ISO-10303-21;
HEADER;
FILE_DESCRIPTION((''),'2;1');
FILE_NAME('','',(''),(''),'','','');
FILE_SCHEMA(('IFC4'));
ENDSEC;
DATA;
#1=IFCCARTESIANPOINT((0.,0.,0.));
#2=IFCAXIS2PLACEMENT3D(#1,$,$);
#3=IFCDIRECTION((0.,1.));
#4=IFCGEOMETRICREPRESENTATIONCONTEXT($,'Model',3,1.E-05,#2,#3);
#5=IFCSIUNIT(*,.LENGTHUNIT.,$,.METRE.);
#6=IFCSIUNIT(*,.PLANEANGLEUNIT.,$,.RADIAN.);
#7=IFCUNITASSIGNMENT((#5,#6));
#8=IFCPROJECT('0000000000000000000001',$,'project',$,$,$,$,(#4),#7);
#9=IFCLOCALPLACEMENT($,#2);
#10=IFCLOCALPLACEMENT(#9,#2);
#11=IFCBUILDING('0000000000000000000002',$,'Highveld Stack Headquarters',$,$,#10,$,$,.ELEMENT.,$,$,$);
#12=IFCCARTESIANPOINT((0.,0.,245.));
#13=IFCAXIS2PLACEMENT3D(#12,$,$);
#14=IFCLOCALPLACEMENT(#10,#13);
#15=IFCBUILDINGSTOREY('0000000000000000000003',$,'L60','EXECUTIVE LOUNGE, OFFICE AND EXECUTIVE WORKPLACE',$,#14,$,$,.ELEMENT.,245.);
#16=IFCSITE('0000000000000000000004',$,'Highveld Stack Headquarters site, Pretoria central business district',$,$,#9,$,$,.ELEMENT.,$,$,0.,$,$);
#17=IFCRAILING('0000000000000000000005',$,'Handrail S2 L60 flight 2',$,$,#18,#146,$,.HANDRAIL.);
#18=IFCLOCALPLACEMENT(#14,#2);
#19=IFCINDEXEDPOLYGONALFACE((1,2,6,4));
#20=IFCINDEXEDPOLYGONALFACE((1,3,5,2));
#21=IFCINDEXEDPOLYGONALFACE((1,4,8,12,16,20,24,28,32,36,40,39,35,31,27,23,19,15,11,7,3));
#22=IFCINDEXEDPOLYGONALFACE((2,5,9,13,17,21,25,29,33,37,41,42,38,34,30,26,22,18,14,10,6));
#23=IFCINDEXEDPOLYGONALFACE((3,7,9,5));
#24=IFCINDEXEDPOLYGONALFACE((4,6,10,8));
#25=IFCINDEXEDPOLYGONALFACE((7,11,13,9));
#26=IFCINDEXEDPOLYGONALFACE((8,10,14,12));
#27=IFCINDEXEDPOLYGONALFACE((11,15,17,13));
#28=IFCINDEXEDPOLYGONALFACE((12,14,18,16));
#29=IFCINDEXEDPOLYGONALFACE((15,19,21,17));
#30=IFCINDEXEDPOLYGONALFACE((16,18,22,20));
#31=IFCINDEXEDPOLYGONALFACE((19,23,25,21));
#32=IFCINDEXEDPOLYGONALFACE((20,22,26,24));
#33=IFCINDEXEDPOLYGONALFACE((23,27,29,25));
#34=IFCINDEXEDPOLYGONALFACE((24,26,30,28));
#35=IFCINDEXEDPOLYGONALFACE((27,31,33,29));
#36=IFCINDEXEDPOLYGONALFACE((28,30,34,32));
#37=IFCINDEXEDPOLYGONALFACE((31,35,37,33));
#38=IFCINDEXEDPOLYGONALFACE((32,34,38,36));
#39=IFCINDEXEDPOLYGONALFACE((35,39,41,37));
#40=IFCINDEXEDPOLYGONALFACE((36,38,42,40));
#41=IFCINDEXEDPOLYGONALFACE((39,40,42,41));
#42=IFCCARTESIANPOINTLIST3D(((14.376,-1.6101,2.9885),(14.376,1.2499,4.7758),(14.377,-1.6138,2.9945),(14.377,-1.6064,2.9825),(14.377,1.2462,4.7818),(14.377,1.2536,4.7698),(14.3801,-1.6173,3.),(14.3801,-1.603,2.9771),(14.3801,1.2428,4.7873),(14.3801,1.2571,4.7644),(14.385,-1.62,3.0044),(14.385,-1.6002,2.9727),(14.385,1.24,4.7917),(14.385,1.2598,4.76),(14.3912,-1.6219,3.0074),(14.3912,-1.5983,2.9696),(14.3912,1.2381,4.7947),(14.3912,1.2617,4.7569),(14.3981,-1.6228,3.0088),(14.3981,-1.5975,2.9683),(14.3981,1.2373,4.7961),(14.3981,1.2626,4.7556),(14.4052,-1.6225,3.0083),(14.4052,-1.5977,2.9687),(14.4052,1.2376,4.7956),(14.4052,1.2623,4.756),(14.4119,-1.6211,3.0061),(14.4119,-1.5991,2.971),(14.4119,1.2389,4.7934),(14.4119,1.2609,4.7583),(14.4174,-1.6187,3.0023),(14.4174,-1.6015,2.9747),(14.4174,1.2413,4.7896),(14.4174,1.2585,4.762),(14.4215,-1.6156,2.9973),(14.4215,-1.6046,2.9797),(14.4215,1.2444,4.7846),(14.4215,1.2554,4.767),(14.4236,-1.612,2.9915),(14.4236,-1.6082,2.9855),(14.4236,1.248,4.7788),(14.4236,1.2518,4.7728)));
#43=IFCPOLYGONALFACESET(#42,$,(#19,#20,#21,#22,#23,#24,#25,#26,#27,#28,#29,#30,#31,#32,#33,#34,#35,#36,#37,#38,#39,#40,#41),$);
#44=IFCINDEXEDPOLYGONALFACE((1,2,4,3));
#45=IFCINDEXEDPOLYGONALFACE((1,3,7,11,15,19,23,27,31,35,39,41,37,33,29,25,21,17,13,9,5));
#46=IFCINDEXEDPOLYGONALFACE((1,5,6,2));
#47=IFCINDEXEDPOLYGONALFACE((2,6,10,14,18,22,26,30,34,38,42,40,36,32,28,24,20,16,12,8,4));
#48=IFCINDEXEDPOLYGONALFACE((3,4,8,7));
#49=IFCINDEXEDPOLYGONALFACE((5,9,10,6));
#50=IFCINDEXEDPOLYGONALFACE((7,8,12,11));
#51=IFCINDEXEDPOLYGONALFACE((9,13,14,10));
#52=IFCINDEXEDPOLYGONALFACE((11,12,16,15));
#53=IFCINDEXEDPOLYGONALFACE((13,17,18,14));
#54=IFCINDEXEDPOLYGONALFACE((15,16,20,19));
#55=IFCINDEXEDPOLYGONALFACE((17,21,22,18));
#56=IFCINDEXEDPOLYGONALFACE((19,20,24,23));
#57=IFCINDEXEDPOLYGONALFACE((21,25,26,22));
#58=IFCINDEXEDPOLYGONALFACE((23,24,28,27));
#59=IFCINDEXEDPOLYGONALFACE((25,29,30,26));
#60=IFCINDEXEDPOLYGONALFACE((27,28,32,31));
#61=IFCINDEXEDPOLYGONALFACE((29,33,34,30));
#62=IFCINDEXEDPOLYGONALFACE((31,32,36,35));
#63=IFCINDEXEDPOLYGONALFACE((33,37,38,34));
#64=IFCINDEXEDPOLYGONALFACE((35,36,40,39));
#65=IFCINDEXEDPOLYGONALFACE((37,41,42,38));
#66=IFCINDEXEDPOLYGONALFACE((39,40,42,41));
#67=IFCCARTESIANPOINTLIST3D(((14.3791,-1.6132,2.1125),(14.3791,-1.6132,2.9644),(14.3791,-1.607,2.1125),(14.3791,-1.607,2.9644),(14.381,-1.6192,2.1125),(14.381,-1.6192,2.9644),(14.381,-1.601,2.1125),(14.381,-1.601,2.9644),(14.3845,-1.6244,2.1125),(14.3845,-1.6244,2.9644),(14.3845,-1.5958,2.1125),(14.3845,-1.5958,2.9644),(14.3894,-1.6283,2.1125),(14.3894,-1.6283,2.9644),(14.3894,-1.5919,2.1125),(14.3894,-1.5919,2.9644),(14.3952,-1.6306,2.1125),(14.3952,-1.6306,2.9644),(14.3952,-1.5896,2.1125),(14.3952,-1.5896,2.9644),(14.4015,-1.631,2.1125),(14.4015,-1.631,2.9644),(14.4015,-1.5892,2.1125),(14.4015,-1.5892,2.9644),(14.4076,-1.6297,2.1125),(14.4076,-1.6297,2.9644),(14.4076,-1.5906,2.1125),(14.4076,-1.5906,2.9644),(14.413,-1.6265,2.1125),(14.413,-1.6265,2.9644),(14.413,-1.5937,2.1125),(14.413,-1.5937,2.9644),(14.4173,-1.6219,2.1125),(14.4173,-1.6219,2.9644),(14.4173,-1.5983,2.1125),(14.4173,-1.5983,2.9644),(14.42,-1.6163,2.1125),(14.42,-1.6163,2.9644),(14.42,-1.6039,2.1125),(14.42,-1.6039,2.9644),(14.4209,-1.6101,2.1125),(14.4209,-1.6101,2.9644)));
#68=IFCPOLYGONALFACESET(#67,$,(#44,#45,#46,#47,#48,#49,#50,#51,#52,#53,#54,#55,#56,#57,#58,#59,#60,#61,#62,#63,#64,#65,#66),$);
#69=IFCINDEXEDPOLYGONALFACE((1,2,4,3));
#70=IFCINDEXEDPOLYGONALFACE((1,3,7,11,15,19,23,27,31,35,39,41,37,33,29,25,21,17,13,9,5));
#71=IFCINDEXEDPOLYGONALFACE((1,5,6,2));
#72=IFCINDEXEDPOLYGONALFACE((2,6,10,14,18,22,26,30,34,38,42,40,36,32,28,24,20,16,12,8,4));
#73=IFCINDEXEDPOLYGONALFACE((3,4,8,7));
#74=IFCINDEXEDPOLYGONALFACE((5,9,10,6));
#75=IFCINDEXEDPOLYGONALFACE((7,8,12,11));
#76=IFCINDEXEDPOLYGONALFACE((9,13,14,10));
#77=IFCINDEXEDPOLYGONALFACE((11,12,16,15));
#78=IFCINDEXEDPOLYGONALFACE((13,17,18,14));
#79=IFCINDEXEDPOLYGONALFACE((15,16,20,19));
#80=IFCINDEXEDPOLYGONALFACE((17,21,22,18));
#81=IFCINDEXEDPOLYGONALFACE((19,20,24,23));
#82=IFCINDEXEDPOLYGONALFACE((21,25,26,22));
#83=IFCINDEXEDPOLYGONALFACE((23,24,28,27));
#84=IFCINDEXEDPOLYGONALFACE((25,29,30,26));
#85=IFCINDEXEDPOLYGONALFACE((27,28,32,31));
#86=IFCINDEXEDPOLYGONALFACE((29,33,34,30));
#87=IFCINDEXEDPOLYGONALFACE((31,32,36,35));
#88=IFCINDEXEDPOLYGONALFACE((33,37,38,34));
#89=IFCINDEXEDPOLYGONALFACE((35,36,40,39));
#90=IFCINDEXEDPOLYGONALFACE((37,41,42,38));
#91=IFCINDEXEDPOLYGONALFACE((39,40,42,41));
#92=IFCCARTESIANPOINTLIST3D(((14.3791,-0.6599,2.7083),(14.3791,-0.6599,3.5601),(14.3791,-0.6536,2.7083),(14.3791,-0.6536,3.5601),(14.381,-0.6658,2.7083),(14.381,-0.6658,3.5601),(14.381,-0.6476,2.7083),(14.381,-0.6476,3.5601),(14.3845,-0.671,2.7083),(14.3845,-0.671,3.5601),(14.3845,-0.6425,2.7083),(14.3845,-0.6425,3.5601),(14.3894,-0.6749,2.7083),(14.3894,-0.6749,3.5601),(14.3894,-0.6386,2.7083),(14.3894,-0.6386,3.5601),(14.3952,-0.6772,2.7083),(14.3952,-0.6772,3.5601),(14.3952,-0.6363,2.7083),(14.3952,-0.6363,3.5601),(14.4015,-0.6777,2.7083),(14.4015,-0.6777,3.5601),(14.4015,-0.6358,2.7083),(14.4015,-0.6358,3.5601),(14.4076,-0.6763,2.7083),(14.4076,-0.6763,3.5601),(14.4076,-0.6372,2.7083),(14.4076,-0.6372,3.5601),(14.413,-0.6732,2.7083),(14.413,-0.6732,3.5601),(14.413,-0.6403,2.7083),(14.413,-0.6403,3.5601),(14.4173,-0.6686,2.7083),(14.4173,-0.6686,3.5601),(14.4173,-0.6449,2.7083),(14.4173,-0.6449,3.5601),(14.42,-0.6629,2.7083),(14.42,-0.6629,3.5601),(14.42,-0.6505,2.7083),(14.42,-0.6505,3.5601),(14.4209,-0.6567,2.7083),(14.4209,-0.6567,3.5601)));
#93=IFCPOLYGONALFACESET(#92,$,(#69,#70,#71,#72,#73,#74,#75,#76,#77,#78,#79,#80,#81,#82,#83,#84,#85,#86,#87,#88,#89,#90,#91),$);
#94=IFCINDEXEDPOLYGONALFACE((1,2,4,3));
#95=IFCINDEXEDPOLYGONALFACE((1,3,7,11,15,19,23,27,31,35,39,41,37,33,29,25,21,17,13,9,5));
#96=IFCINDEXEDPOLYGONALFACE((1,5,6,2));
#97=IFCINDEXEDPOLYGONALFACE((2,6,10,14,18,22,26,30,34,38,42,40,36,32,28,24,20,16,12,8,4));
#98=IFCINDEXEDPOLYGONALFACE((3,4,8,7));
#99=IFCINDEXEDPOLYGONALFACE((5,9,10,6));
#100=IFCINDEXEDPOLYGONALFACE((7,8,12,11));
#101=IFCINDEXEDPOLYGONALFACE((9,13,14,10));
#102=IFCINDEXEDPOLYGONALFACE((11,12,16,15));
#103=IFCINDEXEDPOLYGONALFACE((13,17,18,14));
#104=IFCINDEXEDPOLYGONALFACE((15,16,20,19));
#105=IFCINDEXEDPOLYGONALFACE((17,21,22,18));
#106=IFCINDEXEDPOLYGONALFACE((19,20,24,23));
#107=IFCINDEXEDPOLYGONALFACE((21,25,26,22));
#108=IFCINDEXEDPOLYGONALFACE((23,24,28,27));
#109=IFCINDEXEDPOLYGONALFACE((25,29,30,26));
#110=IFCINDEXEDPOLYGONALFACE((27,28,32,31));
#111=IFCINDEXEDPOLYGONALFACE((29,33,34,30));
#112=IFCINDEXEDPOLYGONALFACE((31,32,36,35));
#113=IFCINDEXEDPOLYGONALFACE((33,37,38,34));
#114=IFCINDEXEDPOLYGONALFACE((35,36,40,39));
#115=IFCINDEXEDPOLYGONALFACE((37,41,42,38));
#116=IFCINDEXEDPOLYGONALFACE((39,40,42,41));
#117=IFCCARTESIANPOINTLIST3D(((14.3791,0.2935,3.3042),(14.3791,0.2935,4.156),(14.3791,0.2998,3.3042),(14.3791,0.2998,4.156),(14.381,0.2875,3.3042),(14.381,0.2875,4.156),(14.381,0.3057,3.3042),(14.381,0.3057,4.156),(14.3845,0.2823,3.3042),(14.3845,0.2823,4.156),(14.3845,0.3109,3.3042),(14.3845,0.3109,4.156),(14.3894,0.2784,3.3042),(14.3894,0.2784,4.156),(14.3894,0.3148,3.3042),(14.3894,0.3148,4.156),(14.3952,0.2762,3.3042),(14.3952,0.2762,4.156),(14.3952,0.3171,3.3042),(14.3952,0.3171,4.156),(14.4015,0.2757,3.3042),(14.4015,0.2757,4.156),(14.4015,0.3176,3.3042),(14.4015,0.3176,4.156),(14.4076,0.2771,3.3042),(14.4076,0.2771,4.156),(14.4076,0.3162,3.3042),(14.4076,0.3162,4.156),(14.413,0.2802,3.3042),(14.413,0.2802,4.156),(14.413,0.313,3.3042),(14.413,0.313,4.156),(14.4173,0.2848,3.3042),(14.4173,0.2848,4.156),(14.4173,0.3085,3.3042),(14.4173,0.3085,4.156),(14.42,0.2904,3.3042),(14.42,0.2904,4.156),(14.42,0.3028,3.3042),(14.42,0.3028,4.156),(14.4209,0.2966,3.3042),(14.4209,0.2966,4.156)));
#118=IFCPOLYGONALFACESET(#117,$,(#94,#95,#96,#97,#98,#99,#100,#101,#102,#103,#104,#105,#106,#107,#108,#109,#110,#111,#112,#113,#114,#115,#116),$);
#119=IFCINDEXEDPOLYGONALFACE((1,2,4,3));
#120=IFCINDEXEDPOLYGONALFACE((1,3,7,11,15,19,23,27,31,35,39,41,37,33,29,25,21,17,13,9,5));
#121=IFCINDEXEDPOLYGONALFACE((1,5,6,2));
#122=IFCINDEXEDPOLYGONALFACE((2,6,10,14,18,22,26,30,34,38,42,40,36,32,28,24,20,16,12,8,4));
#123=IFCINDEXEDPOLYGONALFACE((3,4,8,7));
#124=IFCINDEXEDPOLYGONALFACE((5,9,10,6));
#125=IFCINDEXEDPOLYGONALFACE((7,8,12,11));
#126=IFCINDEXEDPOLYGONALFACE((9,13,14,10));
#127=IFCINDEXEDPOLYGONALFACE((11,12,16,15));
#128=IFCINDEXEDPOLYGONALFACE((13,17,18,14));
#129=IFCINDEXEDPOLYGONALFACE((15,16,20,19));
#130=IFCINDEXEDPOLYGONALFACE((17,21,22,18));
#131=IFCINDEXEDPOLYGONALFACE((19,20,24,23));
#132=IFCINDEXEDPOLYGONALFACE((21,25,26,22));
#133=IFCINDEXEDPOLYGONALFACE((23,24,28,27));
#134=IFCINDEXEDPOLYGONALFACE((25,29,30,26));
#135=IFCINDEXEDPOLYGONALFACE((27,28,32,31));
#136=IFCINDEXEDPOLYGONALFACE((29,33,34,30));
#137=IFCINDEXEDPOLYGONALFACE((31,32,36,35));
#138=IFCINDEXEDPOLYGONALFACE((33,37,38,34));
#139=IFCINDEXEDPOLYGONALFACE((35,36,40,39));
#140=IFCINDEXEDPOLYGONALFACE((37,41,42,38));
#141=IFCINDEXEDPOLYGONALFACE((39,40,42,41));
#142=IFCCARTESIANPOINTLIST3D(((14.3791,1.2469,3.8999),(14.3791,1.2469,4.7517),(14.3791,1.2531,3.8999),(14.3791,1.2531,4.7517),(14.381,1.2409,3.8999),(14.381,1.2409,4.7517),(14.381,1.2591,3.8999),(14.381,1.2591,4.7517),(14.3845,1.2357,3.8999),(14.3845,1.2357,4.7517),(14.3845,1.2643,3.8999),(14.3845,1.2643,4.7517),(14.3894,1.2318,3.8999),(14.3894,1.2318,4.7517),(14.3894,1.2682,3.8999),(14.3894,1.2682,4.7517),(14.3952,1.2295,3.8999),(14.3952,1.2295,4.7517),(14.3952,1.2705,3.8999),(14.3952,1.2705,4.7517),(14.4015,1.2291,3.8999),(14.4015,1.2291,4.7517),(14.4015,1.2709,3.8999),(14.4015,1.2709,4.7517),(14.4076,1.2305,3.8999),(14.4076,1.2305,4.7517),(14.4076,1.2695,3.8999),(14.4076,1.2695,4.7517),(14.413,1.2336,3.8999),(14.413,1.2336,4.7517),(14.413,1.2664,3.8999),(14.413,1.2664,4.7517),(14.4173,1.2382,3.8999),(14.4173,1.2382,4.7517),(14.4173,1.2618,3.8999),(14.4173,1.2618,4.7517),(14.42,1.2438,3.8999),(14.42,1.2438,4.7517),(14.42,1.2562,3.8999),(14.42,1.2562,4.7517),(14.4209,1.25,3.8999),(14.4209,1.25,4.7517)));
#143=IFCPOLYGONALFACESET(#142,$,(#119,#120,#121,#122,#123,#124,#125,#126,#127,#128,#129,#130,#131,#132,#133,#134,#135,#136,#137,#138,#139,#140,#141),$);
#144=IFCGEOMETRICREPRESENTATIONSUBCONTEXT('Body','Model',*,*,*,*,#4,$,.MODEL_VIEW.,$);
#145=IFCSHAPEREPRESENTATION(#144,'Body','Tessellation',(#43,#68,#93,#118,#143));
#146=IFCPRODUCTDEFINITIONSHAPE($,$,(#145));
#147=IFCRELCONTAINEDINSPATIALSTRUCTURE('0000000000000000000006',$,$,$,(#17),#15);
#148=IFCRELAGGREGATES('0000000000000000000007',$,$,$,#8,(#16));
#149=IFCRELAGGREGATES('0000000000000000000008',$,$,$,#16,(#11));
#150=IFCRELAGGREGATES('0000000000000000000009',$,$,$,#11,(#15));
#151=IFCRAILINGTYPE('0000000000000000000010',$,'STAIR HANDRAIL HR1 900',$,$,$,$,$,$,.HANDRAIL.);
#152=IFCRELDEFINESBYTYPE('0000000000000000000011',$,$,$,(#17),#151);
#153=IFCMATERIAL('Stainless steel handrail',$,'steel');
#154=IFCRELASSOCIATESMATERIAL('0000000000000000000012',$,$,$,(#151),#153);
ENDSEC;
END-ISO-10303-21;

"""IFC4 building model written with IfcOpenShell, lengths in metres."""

from ifc_helpers import new_model, si_unit, direction, frame, origin, origin_2d, place, context, subcontext, project, spatial, circle, extrude, material, type_object, element, save


model = new_model("IFC4")

# Units and contexts
model_context = context("Model", 3, precision=1e-05, world=origin(), true_north=direction((0.0, 1.0)))
body_context = subcontext(model_context, "Body", "Model", "MODEL_VIEW")
ifc_project = project(units=[si_unit("LENGTHUNIT", "METRE"), si_unit("PLANEANGLEUNIT", "RADIAN")], contexts=[model_context])

# Site, building, storey
site_placement = place(None, origin())
site = spatial("IfcSite", under=ifc_project, at=site_placement, Name="Highveld Stack Headquarters site, Pretoria central business district", CompositionType="ELEMENT", RefElevation=0.0)
building_placement = place(site_placement, origin())
building = spatial("IfcBuilding", under=site, at=building_placement, Name="Highveld Stack Headquarters", CompositionType="ELEMENT")
storey_placement = place(building_placement, frame((0.0, 0.0, 245.0)))
storey = spatial("IfcBuildingStorey", under=building, at=storey_placement, Name="L60", Description="EXECUTIVE LOUNGE, OFFICE AND EXECUTIVE WORKPLACE", CompositionType="ELEMENT", Elevation=245.0)

# Railing
ifc_material_1 = material(Name="Stainless steel handrail", Category="steel")
railing_type = type_object("IfcRailingType", Name="STAIR HANDRAIL HR1 900", PredefinedType="HANDRAIL", material=ifc_material_1)
for number, where, name in (
    (1, (14.3999, -1.6101, 2.1125), "Handrail S2 L60 flight 2"),
):
    element("IfcRailing", number, at=place(storey_placement, frame(where)), inside=storey, type_object=railing_type, Name=name, PredefinedType="HANDRAIL", context=body_context, shape_type="SweptSolid", body=[
        extrude(circle(Radius=0.0239, at=origin_2d()), frame((0.0, 0.0, 0.876), z_axis=(0.0, 0.848027, 0.529953), x_axis=(-1.0, 0.0, 0.0)), (0.0, 0.0, 1.0), 3.3726),
        extrude(circle(Radius=0.021, at=origin_2d()), origin(), (0.0, 0.0, 1.0), 0.8518),
        extrude(circle(Radius=0.021, at=origin_2d()), frame((0.0, 0.9534, 0.5957)), (0.0, 0.0, 1.0), 0.8518),
        extrude(circle(Radius=0.021, at=origin_2d()), frame((0.0, 1.9067, 1.1917)), (0.0, 0.0, 1.0), 0.8518),
        extrude(circle(Radius=0.021, at=origin_2d()), frame((0.0, 2.8601, 1.7874)), (0.0, 0.0, 1.0), 0.8518),
    ])

save(model, "model.ifc")
